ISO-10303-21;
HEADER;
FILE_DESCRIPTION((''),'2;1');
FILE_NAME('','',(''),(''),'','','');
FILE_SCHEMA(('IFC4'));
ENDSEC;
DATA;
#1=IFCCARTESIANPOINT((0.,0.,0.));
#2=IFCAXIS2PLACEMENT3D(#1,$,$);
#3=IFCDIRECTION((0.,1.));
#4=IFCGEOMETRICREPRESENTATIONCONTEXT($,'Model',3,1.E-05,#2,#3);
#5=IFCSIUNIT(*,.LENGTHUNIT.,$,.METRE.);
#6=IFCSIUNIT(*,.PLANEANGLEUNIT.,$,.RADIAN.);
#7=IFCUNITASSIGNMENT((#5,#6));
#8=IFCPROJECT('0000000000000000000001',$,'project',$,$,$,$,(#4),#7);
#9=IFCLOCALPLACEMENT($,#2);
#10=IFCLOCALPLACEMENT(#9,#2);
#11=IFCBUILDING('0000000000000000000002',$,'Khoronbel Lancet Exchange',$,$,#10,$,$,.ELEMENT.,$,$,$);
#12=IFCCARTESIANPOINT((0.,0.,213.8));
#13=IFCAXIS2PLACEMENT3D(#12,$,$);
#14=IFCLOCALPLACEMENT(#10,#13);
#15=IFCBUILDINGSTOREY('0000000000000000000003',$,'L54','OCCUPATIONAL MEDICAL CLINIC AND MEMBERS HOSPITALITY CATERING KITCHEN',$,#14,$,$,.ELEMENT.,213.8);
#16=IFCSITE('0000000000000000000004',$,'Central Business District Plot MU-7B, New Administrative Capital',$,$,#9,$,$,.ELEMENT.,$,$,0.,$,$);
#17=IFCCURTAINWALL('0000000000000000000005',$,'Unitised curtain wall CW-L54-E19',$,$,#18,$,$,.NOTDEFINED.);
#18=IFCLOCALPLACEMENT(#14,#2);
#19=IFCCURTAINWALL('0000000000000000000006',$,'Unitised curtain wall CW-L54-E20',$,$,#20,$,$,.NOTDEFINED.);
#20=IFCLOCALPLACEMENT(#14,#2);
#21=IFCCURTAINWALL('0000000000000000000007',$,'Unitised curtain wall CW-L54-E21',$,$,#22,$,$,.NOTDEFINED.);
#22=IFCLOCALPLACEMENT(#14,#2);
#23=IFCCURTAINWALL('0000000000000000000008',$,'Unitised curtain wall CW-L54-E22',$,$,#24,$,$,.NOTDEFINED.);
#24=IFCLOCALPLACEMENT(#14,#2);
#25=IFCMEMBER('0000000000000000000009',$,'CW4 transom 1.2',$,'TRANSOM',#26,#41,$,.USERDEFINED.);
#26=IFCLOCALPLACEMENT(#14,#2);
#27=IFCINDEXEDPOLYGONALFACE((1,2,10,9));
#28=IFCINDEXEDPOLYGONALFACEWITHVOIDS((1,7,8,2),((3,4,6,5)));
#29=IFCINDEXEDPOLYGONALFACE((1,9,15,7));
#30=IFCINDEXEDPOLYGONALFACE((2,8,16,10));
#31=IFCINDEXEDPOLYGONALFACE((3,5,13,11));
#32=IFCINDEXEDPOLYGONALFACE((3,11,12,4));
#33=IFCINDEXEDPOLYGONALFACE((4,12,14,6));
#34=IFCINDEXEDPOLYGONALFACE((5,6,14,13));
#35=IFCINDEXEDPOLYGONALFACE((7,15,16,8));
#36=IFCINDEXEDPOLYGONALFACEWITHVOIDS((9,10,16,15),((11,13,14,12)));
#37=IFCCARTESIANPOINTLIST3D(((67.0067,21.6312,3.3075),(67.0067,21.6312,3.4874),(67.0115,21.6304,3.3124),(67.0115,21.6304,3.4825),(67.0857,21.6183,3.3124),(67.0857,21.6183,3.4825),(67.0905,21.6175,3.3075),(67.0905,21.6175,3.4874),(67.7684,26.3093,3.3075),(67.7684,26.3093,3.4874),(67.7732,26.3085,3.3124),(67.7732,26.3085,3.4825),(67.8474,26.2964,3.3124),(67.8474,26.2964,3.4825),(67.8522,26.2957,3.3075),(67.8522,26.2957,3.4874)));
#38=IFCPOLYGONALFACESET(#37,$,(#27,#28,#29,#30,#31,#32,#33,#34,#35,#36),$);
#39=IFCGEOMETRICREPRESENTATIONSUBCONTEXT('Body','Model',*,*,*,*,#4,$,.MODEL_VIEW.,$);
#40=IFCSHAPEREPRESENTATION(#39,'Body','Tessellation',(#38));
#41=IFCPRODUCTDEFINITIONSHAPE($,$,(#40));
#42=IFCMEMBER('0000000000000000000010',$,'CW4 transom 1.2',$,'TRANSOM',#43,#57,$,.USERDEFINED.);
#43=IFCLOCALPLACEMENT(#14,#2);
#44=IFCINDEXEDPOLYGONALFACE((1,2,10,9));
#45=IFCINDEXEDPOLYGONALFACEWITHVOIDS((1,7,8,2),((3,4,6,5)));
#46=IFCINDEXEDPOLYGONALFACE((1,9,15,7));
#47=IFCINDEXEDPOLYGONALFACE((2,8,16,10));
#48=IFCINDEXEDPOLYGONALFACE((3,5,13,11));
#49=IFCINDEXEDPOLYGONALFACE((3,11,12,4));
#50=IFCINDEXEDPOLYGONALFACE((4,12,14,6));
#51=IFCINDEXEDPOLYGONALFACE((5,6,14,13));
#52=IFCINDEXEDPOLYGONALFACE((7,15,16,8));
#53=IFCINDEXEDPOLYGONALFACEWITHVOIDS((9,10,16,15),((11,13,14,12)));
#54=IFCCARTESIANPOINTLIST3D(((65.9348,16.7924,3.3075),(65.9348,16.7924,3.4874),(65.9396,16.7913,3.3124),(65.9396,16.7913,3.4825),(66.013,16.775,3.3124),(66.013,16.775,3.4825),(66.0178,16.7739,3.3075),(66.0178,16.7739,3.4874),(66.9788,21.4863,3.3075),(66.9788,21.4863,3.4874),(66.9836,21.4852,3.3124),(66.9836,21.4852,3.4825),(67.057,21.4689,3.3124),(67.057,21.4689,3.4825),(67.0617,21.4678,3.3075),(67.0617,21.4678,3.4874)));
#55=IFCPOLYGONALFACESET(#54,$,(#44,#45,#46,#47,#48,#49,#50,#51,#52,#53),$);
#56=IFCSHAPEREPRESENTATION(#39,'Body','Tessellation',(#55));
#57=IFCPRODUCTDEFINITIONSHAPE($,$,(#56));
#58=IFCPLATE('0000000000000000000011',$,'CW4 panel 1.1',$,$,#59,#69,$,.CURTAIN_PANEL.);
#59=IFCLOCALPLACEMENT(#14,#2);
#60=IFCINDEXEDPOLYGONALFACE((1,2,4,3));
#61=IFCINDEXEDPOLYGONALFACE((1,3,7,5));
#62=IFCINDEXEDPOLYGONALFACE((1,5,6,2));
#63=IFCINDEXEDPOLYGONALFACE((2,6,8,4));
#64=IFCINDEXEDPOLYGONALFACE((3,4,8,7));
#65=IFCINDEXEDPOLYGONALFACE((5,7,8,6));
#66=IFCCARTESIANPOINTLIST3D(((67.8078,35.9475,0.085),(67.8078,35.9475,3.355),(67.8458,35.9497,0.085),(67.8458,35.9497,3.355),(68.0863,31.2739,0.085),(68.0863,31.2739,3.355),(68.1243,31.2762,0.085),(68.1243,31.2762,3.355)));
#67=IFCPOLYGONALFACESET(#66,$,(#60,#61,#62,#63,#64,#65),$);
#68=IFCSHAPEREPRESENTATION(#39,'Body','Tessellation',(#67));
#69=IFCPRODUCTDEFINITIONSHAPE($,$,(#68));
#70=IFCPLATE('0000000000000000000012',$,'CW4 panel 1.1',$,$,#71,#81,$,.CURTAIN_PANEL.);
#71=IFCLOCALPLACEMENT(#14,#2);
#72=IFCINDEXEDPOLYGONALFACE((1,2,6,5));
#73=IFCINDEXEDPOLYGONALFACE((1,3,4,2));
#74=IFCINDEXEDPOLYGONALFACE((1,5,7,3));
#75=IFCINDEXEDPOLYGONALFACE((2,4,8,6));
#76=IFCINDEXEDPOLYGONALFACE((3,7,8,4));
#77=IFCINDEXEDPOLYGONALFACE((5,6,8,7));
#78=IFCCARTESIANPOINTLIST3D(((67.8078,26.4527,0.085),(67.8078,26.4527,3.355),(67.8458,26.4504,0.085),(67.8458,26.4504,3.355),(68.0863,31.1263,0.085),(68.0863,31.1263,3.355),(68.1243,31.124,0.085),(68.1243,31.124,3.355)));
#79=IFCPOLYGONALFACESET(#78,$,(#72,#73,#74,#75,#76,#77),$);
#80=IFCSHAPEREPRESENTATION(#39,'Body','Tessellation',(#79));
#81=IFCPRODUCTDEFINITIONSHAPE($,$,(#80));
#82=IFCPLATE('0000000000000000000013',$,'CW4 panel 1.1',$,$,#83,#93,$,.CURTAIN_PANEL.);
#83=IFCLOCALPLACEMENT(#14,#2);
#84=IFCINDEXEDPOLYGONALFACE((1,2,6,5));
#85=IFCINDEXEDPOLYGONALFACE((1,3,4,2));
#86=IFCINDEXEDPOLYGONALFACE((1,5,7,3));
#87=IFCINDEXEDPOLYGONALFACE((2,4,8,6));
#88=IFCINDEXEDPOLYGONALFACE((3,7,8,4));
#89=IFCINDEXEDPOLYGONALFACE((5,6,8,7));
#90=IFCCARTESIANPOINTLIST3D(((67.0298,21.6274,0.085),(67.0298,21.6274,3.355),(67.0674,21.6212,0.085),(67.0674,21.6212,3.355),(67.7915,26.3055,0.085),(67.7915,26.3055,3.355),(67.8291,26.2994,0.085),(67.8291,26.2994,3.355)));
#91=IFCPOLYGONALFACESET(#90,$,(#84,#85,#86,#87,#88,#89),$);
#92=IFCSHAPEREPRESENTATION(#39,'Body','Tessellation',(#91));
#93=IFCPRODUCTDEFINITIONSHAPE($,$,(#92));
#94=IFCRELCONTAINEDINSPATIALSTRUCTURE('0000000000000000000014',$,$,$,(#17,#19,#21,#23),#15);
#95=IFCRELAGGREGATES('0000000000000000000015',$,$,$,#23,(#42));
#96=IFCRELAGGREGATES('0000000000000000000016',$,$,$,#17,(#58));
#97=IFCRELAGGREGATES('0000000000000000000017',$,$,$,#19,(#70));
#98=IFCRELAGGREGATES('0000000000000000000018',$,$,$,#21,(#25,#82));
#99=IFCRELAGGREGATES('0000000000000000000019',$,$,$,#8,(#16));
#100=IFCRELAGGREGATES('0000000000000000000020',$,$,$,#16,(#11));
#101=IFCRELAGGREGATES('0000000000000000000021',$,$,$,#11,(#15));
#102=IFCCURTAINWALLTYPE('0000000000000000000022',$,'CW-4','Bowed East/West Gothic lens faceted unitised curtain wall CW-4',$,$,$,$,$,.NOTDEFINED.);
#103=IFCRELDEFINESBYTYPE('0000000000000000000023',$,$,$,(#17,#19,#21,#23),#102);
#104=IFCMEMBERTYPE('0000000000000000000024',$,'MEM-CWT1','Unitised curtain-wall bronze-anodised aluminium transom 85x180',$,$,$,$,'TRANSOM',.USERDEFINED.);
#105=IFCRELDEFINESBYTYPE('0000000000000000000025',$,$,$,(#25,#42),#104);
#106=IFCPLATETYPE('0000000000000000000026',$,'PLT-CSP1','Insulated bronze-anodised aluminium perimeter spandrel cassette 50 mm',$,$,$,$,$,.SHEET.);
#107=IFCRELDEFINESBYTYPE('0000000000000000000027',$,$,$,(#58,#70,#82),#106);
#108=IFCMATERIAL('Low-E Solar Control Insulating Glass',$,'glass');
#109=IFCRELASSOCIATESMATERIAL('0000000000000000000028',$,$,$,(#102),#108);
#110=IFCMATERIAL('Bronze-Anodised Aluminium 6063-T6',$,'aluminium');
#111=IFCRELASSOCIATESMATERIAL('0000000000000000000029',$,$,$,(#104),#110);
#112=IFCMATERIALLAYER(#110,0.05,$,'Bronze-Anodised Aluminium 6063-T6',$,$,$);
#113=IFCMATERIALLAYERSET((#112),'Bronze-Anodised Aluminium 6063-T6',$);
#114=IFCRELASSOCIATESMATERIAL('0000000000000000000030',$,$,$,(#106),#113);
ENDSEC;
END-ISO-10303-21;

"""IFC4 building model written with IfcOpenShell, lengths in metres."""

from ifc_helpers import new_model, si_unit, direction, frame, origin, origin_2d, place, context, subcontext, project, spatial, rectangle, hollow_rectangle, extrude, material, layer, layer_set, material_profile, profile_set, type_object, element, aggregate, save


model = new_model("IFC4")

# Units and contexts
model_context = context("Model", 3, precision=1e-05, world=origin(), true_north=direction((0.0, 1.0)))
body_context = subcontext(model_context, "Body", "Model", "MODEL_VIEW")
ifc_project = project(units=[si_unit("LENGTHUNIT", "METRE"), si_unit("PLANEANGLEUNIT", "RADIAN")], contexts=[model_context])

# Site, building, storey
site_placement = place(None, origin())
site = spatial("IfcSite", under=ifc_project, at=site_placement, Name="Central Business District Plot MU-7B, New Administrative Capital", CompositionType="ELEMENT", RefElevation=0.0)
building_placement = place(site_placement, origin())
building = spatial("IfcBuilding", under=site, at=building_placement, Name="Khoronbel Lancet Exchange", CompositionType="ELEMENT")
storey_placement = place(building_placement, frame((0.0, 0.0, 213.8)))
storey = spatial("IfcBuildingStorey", under=building, at=storey_placement, Name="L54", Description="OCCUPATIONAL MEDICAL CLINIC AND MEMBERS HOSPITALITY CATERING KITCHEN", CompositionType="ELEMENT", Elevation=213.8)

# Curtain wall
ifc_material_1 = material(Name="Low-E Solar Control Insulating Glass", Category="glass")
curtain_wall_type = type_object("IfcCurtainWallType", Name="CW-4", Description="Bowed East/West Gothic lens faceted unitised curtain wall CW-4", PredefinedType="NOTDEFINED", material=ifc_material_1)
curtain_wall_1_placement = place(storey_placement, origin())
curtain_wall_1 = element("IfcCurtainWall", 1, at=curtain_wall_1_placement, inside=storey, type_object=curtain_wall_type, Name="Unitised curtain wall CW-L54-E19", PredefinedType="NOTDEFINED")
ifc_material_2 = material(Name="Bronze-Anodised Aluminium 6063-T6", Category="aluminium")

# Curtain walls
curtain_wall_2_placement = place(storey_placement, origin())
curtain_wall_2 = element("IfcCurtainWall", 2, at=curtain_wall_2_placement, inside=storey, type_object=curtain_wall_type, Name="Unitised curtain wall CW-L54-E20", PredefinedType="NOTDEFINED")
curtain_wall_3_placement = place(storey_placement, origin())
curtain_wall_3 = element("IfcCurtainWall", 3, at=curtain_wall_3_placement, inside=storey, type_object=curtain_wall_type, Name="Unitised curtain wall CW-L54-E21", PredefinedType="NOTDEFINED")

# Curtain wall
curtain_wall_4_placement = place(storey_placement, origin())
curtain_wall_4 = element("IfcCurtainWall", 4, at=curtain_wall_4_placement, inside=storey, type_object=curtain_wall_type, Name="Unitised curtain wall CW-L54-E22", PredefinedType="NOTDEFINED")

# Members
ifc_material_profile_1 = material_profile(ifc_material_2, hollow_rectangle(XDim=0.085, YDim=0.1799, WallThickness=0.0049, at=origin_2d()), Name="ALU TRANSOM 85x180")
ifc_profile_set_1 = profile_set([ifc_material_profile_1], Name="Bronze-Anodised Aluminium 6063-T6")
member_type_1 = type_object("IfcMemberType", Name="MEM-CWT1", Description="Unitised curtain-wall bronze-anodised aluminium transom 85x180", ElementType="TRANSOM", PredefinedType="USERDEFINED", material=ifc_profile_set_1)
member_1_placement = place(storey_placement, frame((67.8103, 26.3025, 3.3975), z_axis=(-0.160706, -0.987002, 0.0), x_axis=(0.987002, -0.160706, 0.0)))
member_1 = element("IfcMember", 5, at=member_1_placement, type_object=member_type_1, Name="CW4 transom 1.2", ObjectType="TRANSOM", PredefinedType="USERDEFINED", context=body_context, shape_type="SweptSolid", body=[
    extrude(hollow_rectangle(XDim=0.085, YDim=0.1799, WallThickness=0.0049, at=origin_2d()), origin(), (0.0, 0.0, 1.0), 4.7397),
])
member_2_placement = place(storey_placement, frame((67.0203, 21.4771, 3.3975), z_axis=(-0.217102, -0.976149, 0.0), x_axis=(0.976149, -0.217102, 0.0)))
member_2 = element("IfcMember", 6, at=member_2_placement, type_object=member_type_1, Name="CW4 transom 1.2", ObjectType="TRANSOM", PredefinedType="USERDEFINED", context=body_context, shape_type="SweptSolid", body=[
    extrude(hollow_rectangle(XDim=0.085, YDim=0.1799, WallThickness=0.0049, at=origin_2d()), origin(), (0.0, 0.0, 1.0), 4.8086),
])
aggregate(curtain_wall_4, [member_2])

# Plates
ifc_layer = layer(ifc_material_2, 0.05, Name="Bronze-Anodised Aluminium 6063-T6")
ifc_layer_set = layer_set([ifc_layer], Name="Bronze-Anodised Aluminium 6063-T6")
plate_type = type_object("IfcPlateType", Name="PLT-CSP1", Description="Insulated bronze-anodised aluminium perimeter spandrel cassette 50 mm", PredefinedType="SHEET", material=ifc_layer_set)
plate_1_placement = place(storey_placement, frame((67.9661, 33.6118, 0.085), z_axis=(0.0, 0.0, 1.0), x_axis=(0.059479, -0.99823, 0.0)))
plate_1 = element("IfcPlate", 7, at=plate_1_placement, type_object=plate_type, Name="CW4 panel 1.1", PredefinedType="CURTAIN_PANEL", context=body_context, shape_type="SweptSolid", body=[
    extrude(rectangle(XDim=4.6819, YDim=0.0381, at=origin_2d()), origin(), (0.0, 0.0, 1.0), 3.27),
])
aggregate(curtain_wall_1, [plate_1])
plate_2_placement = place(storey_placement, frame((67.9661, 28.7883, 0.085), z_axis=(0.0, 0.0, 1.0), x_axis=(-0.059479, -0.99823, 0.0)))
plate_2 = element("IfcPlate", 8, at=plate_2_placement, type_object=plate_type, Name="CW4 panel 1.1", PredefinedType="CURTAIN_PANEL", context=body_context, shape_type="SweptSolid", body=[
    extrude(rectangle(XDim=4.6819, YDim=0.0381, at=origin_2d()), origin(), (0.0, 0.0, 1.0), 3.27),
])
aggregate(curtain_wall_2, [plate_2])
plate_3_placement = place(storey_placement, frame((67.4294, 23.9634, 0.085), z_axis=(0.0, 0.0, 1.0), x_axis=(-0.1607, -0.987003, 0.0)))
plate_3 = element("IfcPlate", 9, at=plate_3_placement, type_object=plate_type, Name="CW4 panel 1.1", PredefinedType="CURTAIN_PANEL", context=body_context, shape_type="SweptSolid", body=[
    extrude(rectangle(XDim=4.7397, YDim=0.0381, at=origin_2d()), origin(), (0.0, 0.0, 1.0), 3.27),
])
aggregate(curtain_wall_3, [member_1, plate_3])

save(model, "model.ifc")
